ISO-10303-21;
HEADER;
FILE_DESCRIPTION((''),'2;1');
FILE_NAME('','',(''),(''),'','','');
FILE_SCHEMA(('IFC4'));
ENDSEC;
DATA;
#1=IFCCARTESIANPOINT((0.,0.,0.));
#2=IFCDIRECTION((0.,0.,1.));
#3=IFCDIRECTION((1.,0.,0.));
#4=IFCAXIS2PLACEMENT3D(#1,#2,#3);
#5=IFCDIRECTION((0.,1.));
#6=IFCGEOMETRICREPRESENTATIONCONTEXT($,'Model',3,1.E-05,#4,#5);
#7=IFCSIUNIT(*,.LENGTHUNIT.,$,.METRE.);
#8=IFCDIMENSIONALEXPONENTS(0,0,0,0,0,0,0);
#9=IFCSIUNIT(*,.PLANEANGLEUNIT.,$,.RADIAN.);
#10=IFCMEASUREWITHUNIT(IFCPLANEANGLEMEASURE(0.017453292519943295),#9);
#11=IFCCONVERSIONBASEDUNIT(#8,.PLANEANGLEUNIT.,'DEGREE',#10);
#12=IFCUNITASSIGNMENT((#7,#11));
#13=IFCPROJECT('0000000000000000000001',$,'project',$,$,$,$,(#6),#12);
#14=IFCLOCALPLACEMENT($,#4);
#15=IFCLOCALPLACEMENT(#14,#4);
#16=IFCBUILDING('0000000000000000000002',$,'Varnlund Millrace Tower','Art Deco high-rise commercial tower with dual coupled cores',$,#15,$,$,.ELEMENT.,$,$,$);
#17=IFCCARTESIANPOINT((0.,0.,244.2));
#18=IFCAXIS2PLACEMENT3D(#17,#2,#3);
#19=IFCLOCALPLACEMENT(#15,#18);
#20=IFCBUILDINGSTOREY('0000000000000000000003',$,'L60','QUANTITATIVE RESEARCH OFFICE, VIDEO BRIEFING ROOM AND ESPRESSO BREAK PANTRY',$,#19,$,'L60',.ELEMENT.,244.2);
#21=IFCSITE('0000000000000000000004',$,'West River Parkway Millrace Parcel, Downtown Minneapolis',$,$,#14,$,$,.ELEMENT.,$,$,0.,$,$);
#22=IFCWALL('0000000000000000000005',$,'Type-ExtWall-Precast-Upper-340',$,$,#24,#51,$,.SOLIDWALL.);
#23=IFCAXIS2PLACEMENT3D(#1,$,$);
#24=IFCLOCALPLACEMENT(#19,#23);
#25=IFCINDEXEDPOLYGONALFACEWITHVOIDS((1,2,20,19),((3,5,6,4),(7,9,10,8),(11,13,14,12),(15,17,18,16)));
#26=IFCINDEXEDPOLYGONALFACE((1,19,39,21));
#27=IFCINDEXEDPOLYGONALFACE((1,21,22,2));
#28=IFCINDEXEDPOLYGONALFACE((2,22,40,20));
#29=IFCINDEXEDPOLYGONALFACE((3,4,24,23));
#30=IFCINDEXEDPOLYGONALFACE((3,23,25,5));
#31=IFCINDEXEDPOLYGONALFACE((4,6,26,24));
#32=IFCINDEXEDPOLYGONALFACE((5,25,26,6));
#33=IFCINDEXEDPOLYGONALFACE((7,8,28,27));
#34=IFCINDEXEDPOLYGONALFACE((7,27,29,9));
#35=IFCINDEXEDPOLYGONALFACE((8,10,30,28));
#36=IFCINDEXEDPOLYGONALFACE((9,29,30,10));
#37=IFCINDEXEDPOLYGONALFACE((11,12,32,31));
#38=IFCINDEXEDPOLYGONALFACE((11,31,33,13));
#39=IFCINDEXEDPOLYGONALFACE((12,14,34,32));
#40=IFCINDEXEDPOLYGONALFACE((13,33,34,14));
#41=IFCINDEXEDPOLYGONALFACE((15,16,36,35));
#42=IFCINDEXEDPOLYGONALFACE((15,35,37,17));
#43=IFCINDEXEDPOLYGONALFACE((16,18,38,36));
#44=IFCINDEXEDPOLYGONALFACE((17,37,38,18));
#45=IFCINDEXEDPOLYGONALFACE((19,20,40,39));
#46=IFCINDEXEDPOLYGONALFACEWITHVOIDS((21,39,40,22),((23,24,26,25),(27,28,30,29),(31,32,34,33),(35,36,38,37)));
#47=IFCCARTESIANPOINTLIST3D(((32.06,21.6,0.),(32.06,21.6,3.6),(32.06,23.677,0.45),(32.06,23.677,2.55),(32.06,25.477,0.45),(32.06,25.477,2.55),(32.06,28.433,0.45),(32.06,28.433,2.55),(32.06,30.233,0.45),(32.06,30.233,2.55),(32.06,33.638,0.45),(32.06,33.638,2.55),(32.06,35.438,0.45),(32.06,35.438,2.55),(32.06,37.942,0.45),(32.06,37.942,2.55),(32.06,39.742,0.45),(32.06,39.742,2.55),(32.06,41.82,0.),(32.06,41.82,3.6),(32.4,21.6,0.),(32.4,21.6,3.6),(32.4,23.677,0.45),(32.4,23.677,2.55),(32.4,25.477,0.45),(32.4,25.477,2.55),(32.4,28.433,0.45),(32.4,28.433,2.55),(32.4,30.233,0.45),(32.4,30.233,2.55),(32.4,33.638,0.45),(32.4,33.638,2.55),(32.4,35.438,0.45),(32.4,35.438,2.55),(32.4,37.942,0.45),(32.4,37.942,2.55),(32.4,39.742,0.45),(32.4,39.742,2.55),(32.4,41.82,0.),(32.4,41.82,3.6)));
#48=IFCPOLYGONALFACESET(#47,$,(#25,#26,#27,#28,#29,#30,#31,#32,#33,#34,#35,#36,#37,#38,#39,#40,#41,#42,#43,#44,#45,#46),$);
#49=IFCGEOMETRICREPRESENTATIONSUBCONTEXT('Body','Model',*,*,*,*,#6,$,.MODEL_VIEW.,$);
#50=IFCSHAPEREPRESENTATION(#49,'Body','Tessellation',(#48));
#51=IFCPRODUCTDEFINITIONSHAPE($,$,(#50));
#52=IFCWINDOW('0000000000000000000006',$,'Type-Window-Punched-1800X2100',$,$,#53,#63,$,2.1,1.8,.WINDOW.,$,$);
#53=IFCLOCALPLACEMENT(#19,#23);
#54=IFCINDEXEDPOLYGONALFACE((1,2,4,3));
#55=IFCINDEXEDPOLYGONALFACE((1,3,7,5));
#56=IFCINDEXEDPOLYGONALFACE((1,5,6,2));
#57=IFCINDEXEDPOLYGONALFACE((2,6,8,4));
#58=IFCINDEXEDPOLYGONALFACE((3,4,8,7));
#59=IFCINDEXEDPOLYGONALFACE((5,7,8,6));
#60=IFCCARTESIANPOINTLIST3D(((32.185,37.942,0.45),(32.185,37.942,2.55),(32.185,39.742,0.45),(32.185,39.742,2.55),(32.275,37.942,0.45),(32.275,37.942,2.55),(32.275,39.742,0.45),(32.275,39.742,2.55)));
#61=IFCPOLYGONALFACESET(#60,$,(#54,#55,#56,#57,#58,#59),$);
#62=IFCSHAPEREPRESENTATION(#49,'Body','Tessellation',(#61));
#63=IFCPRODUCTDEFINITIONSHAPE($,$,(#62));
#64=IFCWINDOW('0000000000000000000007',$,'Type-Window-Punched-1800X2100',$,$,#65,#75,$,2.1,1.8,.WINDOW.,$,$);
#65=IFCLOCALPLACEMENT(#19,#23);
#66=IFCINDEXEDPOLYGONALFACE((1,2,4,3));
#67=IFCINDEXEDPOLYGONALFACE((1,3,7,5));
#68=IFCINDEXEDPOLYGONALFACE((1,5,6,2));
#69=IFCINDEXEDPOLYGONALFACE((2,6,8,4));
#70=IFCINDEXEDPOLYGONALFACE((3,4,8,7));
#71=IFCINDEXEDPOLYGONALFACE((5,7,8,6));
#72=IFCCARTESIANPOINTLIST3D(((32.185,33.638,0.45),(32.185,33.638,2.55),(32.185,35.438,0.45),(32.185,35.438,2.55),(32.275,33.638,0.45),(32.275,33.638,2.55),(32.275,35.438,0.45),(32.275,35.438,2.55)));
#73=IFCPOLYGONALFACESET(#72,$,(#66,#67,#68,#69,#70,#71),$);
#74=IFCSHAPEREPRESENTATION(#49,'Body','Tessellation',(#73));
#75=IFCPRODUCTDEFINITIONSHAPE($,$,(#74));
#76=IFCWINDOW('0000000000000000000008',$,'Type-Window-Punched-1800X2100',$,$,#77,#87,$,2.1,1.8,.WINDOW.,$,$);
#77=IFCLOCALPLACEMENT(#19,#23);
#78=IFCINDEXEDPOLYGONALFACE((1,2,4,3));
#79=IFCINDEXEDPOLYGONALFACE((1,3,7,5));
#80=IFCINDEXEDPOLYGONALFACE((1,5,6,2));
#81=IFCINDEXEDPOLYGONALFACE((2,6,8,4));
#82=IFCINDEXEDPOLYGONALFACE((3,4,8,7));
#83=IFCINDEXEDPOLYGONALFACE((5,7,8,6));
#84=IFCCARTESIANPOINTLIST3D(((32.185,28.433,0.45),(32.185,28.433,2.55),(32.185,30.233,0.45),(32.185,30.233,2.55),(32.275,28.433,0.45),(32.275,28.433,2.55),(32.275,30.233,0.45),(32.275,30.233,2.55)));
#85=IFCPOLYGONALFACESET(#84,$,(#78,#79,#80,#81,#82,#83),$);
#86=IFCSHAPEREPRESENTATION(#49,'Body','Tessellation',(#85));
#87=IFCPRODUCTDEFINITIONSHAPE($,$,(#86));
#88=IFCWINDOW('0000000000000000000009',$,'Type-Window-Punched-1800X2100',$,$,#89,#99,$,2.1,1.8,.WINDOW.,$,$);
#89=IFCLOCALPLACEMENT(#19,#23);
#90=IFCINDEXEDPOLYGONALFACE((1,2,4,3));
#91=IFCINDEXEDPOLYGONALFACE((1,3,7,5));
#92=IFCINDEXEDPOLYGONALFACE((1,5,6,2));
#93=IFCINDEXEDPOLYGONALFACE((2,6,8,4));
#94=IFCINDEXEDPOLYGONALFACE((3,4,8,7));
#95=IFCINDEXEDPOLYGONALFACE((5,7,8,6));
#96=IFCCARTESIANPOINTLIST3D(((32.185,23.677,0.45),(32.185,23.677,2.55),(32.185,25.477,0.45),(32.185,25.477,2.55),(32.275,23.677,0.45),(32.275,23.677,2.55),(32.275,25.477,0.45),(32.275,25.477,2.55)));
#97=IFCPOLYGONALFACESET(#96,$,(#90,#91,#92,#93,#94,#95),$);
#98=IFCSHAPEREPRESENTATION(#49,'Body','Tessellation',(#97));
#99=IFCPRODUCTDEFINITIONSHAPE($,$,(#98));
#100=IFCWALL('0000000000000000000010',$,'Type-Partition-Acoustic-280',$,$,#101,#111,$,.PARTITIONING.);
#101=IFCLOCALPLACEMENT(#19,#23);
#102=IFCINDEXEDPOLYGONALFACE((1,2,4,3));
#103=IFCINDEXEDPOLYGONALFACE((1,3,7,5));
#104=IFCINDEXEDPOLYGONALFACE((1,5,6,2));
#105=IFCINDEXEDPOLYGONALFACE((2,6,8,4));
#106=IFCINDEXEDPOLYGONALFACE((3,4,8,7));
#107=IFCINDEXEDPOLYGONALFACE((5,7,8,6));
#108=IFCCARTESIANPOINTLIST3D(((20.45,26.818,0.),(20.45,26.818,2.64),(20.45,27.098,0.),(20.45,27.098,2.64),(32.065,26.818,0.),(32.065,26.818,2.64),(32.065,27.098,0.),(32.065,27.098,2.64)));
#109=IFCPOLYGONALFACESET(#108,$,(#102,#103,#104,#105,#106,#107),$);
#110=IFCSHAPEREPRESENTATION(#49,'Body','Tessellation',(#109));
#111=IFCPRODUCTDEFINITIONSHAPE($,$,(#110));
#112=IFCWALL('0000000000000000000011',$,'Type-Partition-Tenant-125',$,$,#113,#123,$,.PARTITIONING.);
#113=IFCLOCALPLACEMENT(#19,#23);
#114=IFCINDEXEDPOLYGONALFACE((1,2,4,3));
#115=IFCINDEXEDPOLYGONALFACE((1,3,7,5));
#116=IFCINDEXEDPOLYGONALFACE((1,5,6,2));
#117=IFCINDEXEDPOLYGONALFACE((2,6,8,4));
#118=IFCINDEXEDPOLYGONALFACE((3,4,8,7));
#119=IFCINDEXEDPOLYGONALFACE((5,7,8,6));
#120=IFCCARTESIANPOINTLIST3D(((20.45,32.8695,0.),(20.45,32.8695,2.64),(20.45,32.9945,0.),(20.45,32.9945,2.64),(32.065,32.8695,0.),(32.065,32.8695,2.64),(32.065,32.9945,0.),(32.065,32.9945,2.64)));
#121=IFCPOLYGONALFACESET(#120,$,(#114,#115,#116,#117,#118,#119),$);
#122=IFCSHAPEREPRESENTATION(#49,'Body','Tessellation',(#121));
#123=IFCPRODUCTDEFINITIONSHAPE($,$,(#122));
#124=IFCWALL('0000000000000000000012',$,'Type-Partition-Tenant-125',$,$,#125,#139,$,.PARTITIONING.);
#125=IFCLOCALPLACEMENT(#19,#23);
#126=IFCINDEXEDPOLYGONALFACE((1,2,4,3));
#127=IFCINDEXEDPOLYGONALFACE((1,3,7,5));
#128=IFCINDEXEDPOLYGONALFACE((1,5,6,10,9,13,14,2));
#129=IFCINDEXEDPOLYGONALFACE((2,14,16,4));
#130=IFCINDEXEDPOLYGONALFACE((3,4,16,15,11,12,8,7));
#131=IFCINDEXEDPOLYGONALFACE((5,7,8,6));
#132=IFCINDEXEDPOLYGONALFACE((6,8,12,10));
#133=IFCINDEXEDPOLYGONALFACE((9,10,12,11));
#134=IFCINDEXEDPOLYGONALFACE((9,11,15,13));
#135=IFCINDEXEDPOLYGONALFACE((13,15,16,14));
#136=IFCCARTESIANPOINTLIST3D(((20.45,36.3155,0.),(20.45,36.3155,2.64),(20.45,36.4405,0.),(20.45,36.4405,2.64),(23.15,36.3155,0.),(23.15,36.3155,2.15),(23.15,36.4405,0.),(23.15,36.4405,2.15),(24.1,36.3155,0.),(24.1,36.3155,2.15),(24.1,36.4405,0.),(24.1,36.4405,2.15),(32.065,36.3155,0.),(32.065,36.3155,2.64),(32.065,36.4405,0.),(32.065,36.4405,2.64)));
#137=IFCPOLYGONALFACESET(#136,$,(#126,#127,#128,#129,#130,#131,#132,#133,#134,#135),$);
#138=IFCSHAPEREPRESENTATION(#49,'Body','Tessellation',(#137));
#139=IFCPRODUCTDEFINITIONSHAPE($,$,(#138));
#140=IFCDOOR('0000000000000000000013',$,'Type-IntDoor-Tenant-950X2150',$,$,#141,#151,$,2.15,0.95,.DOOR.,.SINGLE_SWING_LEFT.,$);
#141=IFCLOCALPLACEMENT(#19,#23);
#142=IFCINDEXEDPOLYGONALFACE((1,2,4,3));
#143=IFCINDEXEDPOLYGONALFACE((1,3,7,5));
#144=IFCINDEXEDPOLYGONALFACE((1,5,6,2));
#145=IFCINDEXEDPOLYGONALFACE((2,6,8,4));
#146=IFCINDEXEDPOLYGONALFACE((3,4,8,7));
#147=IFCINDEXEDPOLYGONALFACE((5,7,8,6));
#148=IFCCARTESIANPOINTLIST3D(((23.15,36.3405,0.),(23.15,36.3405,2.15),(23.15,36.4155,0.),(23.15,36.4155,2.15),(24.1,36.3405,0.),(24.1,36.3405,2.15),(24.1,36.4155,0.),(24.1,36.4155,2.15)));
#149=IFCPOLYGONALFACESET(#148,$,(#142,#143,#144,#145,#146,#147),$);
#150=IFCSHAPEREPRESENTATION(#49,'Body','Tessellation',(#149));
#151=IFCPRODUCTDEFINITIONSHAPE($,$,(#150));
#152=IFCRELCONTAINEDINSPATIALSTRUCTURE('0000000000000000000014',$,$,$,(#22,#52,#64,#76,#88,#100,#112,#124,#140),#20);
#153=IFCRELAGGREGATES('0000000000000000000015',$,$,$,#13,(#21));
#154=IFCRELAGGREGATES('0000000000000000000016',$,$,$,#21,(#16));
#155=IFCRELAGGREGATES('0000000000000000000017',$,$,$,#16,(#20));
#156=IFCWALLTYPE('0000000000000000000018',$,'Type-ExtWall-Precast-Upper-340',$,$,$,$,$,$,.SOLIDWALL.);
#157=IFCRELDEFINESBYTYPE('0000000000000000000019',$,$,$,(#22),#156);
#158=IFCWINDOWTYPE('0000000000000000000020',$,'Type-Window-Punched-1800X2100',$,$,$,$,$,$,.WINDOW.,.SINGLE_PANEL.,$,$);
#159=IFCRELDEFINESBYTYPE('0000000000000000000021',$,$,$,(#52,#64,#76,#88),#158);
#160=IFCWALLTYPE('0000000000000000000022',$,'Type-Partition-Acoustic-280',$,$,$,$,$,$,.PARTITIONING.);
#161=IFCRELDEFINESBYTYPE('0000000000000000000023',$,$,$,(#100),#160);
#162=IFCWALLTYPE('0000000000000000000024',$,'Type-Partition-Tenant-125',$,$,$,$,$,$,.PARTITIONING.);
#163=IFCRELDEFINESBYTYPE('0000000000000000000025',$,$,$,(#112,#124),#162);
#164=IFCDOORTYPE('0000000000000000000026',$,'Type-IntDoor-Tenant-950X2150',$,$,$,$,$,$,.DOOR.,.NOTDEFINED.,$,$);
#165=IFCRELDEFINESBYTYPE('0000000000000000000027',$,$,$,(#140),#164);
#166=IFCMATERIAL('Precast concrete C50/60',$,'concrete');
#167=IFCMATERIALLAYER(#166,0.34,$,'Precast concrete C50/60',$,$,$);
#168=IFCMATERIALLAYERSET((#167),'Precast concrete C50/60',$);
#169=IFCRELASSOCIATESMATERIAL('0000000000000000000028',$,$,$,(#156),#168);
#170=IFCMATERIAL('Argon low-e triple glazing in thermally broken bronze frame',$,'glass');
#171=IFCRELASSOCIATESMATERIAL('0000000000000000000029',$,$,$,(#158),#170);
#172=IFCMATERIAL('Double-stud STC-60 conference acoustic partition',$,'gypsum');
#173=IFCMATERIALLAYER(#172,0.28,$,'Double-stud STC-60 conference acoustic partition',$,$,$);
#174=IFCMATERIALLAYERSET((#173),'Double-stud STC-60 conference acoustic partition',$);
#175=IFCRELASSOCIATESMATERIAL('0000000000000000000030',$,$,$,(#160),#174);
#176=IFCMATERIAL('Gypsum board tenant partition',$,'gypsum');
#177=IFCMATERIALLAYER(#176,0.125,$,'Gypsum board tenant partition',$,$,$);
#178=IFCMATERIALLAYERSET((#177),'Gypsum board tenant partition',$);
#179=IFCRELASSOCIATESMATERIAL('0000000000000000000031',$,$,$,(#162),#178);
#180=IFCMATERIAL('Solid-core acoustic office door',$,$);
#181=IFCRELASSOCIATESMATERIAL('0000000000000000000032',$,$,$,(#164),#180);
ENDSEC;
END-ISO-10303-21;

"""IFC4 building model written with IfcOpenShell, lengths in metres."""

from ifc_helpers import new_model, entity, si_unit, converted_unit, direction, frame, origin_with_axes, origin_2d_with_axis, place, context, subcontext, project, spatial, polyline, rectangle, outline, extrude, material, layer, layer_set, type_object, element, fill, save


model = new_model("IFC4")

# Units and contexts
model_context = context("Model", 3, precision=1e-05, world=origin_with_axes(), true_north=direction((0.0, 1.0)))
body_context = subcontext(model_context, "Body", "Model", "MODEL_VIEW")
ifc_project = project(units=[si_unit("LENGTHUNIT", "METRE"), converted_unit("PLANEANGLEUNIT", "DEGREE", entity("IfcPlaneAngleMeasure", 0.017453292519943295), si_unit("PLANEANGLEUNIT", "RADIAN"), dimensions=[0, 0, 0, 0, 0, 0, 0])], contexts=[model_context])

# Site, building, storey
site_placement = place(None, origin_with_axes())
site = spatial("IfcSite", under=ifc_project, at=site_placement, Name="West River Parkway Millrace Parcel, Downtown Minneapolis", CompositionType="ELEMENT", RefElevation=0.0)
building_placement = place(site_placement, origin_with_axes())
building = spatial("IfcBuilding", under=site, at=building_placement, Name="Varnlund Millrace Tower", Description="Art Deco high-rise commercial tower with dual coupled cores", CompositionType="ELEMENT")
storey_placement = place(building_placement, frame((0.0, 0.0, 244.2), z_axis=(0.0, 0.0, 1.0), x_axis=(1.0, 0.0, 0.0)))
storey = spatial("IfcBuildingStorey", under=building, at=storey_placement, Name="L60", Description="QUANTITATIVE RESEARCH OFFICE, VIDEO BRIEFING ROOM AND ESPRESSO BREAK PANTRY", LongName="L60", CompositionType="ELEMENT", Elevation=244.2)

# Shared definitions
ifc_material_1 = material(Name="Precast concrete C50/60", Category="concrete")
ifc_layer_1 = layer(ifc_material_1, 0.34, Name="Precast concrete C50/60")
ifc_layer_set_1 = layer_set([ifc_layer_1], Name="Precast concrete C50/60")
wall_type_1 = type_object("IfcWallType", Name="Type-ExtWall-Precast-Upper-340", PredefinedType="SOLIDWALL", material=ifc_layer_set_1)
ifc_material_2 = material(Name="Argon low-e triple glazing in thermally broken bronze frame", Category="glass")
window_type = type_object("IfcWindowType", Name="Type-Window-Punched-1800X2100", PartitioningType="SINGLE_PANEL", PredefinedType="WINDOW", material=ifc_material_2)

# Wall, openings, windows
wall_1_placement = place(storey_placement, frame((32.23, 41.82, 0.0), z_axis=(0.0, 0.0, 1.0), x_axis=(0.0, -1.0, 0.0)))
wall_1 = element("IfcWall", 1, at=wall_1_placement, inside=storey, type_object=wall_type_1, Name="Type-ExtWall-Precast-Upper-340", PredefinedType="SOLIDWALL", context=body_context, shape_type="SweptSolid", body=[
    extrude(outline(polyline([(0.0, -0.17), (20.22, -0.17), (20.22, 0.17), (0.0, 0.17), (0.0, -0.17)])), origin_with_axes(), (0.0, 0.0, 1.0), 3.6),
])
opening_1_placement = place(wall_1_placement, frame((2.978, 0.0, 0.45), z_axis=(0.0, 0.0, 1.0), x_axis=(1.0, 0.0, 0.0)))
opening_1 = element("IfcOpeningElement", 2, at=opening_1_placement, cuts=wall_1, PredefinedType="OPENING", context=body_context, shape_type="SweptSolid", body=[
    extrude(rectangle(XDim=1.8, YDim=0.36, at=origin_2d_with_axis()), origin_with_axes(), (0.0, 0.0, 1.0), 2.1),
])
opening_2_placement = place(wall_1_placement, frame((7.282, 0.0, 0.45), z_axis=(0.0, 0.0, 1.0), x_axis=(1.0, 0.0, 0.0)))
opening_2 = element("IfcOpeningElement", 3, at=opening_2_placement, cuts=wall_1, PredefinedType="OPENING", context=body_context, shape_type="SweptSolid", body=[
    extrude(rectangle(XDim=1.8, YDim=0.36, at=origin_2d_with_axis()), origin_with_axes(), (0.0, 0.0, 1.0), 2.1),
])
opening_3_placement = place(wall_1_placement, frame((12.487, 0.0, 0.45), z_axis=(0.0, 0.0, 1.0), x_axis=(1.0, 0.0, 0.0)))
opening_3 = element("IfcOpeningElement", 4, at=opening_3_placement, cuts=wall_1, PredefinedType="OPENING", context=body_context, shape_type="SweptSolid", body=[
    extrude(rectangle(XDim=1.8, YDim=0.36, at=origin_2d_with_axis()), origin_with_axes(), (0.0, 0.0, 1.0), 2.1),
])
opening_4_placement = place(wall_1_placement, frame((17.243, 0.0, 0.45), z_axis=(0.0, 0.0, 1.0), x_axis=(1.0, 0.0, 0.0)))
opening_4 = element("IfcOpeningElement", 5, at=opening_4_placement, cuts=wall_1, PredefinedType="OPENING", context=body_context, shape_type="SweptSolid", body=[
    extrude(rectangle(XDim=1.8, YDim=0.36, at=origin_2d_with_axis()), origin_with_axes(), (0.0, 0.0, 1.0), 2.1),
])
window_1_placement = place(wall_1_placement, frame((2.978, 0.0, 0.45), z_axis=(0.0, 0.0, 1.0), x_axis=(1.0, 0.0, 0.0)))
window_1 = element("IfcWindow", 6, at=window_1_placement, inside=storey, type_object=window_type, Name="Type-Window-Punched-1800X2100", OverallHeight=2.1, OverallWidth=1.8, PredefinedType="WINDOW", context=body_context, shape_type="SweptSolid", body=[
    extrude(rectangle(XDim=1.8, YDim=0.09, at=origin_2d_with_axis()), origin_with_axes(), (0.0, 0.0, 1.0), 2.1),
])
fill(opening_1, window_1)
window_2_placement = place(wall_1_placement, frame((7.282, 0.0, 0.45), z_axis=(0.0, 0.0, 1.0), x_axis=(1.0, 0.0, 0.0)))
window_2 = element("IfcWindow", 7, at=window_2_placement, inside=storey, type_object=window_type, Name="Type-Window-Punched-1800X2100", OverallHeight=2.1, OverallWidth=1.8, PredefinedType="WINDOW", context=body_context, shape_type="SweptSolid", body=[
    extrude(rectangle(XDim=1.8, YDim=0.09, at=origin_2d_with_axis()), origin_with_axes(), (0.0, 0.0, 1.0), 2.1),
])
fill(opening_2, window_2)
window_3_placement = place(wall_1_placement, frame((12.487, 0.0, 0.45), z_axis=(0.0, 0.0, 1.0), x_axis=(1.0, 0.0, 0.0)))
window_3 = element("IfcWindow", 8, at=window_3_placement, inside=storey, type_object=window_type, Name="Type-Window-Punched-1800X2100", OverallHeight=2.1, OverallWidth=1.8, PredefinedType="WINDOW", context=body_context, shape_type="SweptSolid", body=[
    extrude(rectangle(XDim=1.8, YDim=0.09, at=origin_2d_with_axis()), origin_with_axes(), (0.0, 0.0, 1.0), 2.1),
])
fill(opening_3, window_3)
window_4_placement = place(wall_1_placement, frame((17.243, 0.0, 0.45), z_axis=(0.0, 0.0, 1.0), x_axis=(1.0, 0.0, 0.0)))
window_4 = element("IfcWindow", 9, at=window_4_placement, inside=storey, type_object=window_type, Name="Type-Window-Punched-1800X2100", OverallHeight=2.1, OverallWidth=1.8, PredefinedType="WINDOW", context=body_context, shape_type="SweptSolid", body=[
    extrude(rectangle(XDim=1.8, YDim=0.09, at=origin_2d_with_axis()), origin_with_axes(), (0.0, 0.0, 1.0), 2.1),
])
fill(opening_4, window_4)

# Walls
ifc_material_3 = material(Name="Double-stud STC-60 conference acoustic partition", Category="gypsum")
ifc_layer_2 = layer(ifc_material_3, 0.28, Name="Double-stud STC-60 conference acoustic partition")
ifc_layer_set_2 = layer_set([ifc_layer_2], Name="Double-stud STC-60 conference acoustic partition")
wall_type_2 = type_object("IfcWallType", Name="Type-Partition-Acoustic-280", PredefinedType="PARTITIONING", material=ifc_layer_set_2)
wall_2_placement = place(storey_placement, frame((20.45, 26.958, 0.0), z_axis=(0.0, 0.0, 1.0), x_axis=(1.0, 0.0, 0.0)))
element("IfcWall", 10, at=wall_2_placement, inside=storey, type_object=wall_type_2, Name="Type-Partition-Acoustic-280", PredefinedType="PARTITIONING", context=body_context, shape_type="SweptSolid", body=[
    extrude(outline(polyline([(0.0, -0.14), (11.615, -0.14), (11.615, 0.14), (0.0, 0.14), (0.0, -0.14)])), origin_with_axes(), (0.0, 0.0, 1.0), 2.64),
])
ifc_material_4 = material(Name="Gypsum board tenant partition", Category="gypsum")
ifc_layer_3 = layer(ifc_material_4, 0.125, Name="Gypsum board tenant partition")
ifc_layer_set_3 = layer_set([ifc_layer_3], Name="Gypsum board tenant partition")
wall_type_3 = type_object("IfcWallType", Name="Type-Partition-Tenant-125", PredefinedType="PARTITIONING", material=ifc_layer_set_3)
wall_3_placement = place(storey_placement, frame((20.45, 32.932, 0.0), z_axis=(0.0, 0.0, 1.0), x_axis=(1.0, 0.0, 0.0)))
element("IfcWall", 11, at=wall_3_placement, inside=storey, type_object=wall_type_3, Name="Type-Partition-Tenant-125", PredefinedType="PARTITIONING", context=body_context, shape_type="SweptSolid", body=[
    extrude(outline(polyline([(0.0, -0.0625), (11.615, -0.0625), (11.615, 0.0625), (0.0, 0.0625), (0.0, -0.0625)])), origin_with_axes(), (0.0, 0.0, 1.0), 2.64),
])

# Wall, opening, door
wall_4_placement = place(storey_placement, frame((20.45, 36.378, 0.0), z_axis=(0.0, 0.0, 1.0), x_axis=(1.0, 0.0, 0.0)))
wall_4 = element("IfcWall", 12, at=wall_4_placement, inside=storey, type_object=wall_type_3, Name="Type-Partition-Tenant-125", PredefinedType="PARTITIONING", context=body_context, shape_type="SweptSolid", body=[
    extrude(outline(polyline([(0.0, -0.0625), (11.615, -0.0625), (11.615, 0.0625), (0.0, 0.0625), (0.0, -0.0625)])), origin_with_axes(), (0.0, 0.0, 1.0), 2.64),
])
opening_5_placement = place(wall_4_placement, frame((3.175, 0.0, 0.0), z_axis=(0.0, 0.0, 1.0), x_axis=(1.0, 0.0, 0.0)))
opening_5 = element("IfcOpeningElement", 13, at=opening_5_placement, cuts=wall_4, PredefinedType="OPENING", context=body_context, shape_type="SweptSolid", body=[
    extrude(rectangle(XDim=0.95, YDim=0.145, at=origin_2d_with_axis()), origin_with_axes(), (0.0, 0.0, 1.0), 2.15),
])
ifc_material_5 = material(Name="Solid-core acoustic office door")
door_type_1 = type_object("IfcDoorType", Name="Type-IntDoor-Tenant-950X2150", OperationType="NOTDEFINED", PredefinedType="DOOR", material=ifc_material_5)
door_1_placement = place(wall_4_placement, frame((3.175, 0.0, 0.0), z_axis=(0.0, 0.0, 1.0), x_axis=(1.0, 0.0, 0.0)))
door_1 = element("IfcDoor", 14, at=door_1_placement, inside=storey, type_object=door_type_1, Name="Type-IntDoor-Tenant-950X2150", OperationType="SINGLE_SWING_LEFT", OverallHeight=2.15, OverallWidth=0.95, PredefinedType="DOOR", context=body_context, shape_type="SweptSolid", body=[
    extrude(rectangle(XDim=0.95, YDim=0.075, at=origin_2d_with_axis()), origin_with_axes(), (0.0, 0.0, 1.0), 2.15),
])
fill(opening_5, door_1)

save(model, "model.ifc")
